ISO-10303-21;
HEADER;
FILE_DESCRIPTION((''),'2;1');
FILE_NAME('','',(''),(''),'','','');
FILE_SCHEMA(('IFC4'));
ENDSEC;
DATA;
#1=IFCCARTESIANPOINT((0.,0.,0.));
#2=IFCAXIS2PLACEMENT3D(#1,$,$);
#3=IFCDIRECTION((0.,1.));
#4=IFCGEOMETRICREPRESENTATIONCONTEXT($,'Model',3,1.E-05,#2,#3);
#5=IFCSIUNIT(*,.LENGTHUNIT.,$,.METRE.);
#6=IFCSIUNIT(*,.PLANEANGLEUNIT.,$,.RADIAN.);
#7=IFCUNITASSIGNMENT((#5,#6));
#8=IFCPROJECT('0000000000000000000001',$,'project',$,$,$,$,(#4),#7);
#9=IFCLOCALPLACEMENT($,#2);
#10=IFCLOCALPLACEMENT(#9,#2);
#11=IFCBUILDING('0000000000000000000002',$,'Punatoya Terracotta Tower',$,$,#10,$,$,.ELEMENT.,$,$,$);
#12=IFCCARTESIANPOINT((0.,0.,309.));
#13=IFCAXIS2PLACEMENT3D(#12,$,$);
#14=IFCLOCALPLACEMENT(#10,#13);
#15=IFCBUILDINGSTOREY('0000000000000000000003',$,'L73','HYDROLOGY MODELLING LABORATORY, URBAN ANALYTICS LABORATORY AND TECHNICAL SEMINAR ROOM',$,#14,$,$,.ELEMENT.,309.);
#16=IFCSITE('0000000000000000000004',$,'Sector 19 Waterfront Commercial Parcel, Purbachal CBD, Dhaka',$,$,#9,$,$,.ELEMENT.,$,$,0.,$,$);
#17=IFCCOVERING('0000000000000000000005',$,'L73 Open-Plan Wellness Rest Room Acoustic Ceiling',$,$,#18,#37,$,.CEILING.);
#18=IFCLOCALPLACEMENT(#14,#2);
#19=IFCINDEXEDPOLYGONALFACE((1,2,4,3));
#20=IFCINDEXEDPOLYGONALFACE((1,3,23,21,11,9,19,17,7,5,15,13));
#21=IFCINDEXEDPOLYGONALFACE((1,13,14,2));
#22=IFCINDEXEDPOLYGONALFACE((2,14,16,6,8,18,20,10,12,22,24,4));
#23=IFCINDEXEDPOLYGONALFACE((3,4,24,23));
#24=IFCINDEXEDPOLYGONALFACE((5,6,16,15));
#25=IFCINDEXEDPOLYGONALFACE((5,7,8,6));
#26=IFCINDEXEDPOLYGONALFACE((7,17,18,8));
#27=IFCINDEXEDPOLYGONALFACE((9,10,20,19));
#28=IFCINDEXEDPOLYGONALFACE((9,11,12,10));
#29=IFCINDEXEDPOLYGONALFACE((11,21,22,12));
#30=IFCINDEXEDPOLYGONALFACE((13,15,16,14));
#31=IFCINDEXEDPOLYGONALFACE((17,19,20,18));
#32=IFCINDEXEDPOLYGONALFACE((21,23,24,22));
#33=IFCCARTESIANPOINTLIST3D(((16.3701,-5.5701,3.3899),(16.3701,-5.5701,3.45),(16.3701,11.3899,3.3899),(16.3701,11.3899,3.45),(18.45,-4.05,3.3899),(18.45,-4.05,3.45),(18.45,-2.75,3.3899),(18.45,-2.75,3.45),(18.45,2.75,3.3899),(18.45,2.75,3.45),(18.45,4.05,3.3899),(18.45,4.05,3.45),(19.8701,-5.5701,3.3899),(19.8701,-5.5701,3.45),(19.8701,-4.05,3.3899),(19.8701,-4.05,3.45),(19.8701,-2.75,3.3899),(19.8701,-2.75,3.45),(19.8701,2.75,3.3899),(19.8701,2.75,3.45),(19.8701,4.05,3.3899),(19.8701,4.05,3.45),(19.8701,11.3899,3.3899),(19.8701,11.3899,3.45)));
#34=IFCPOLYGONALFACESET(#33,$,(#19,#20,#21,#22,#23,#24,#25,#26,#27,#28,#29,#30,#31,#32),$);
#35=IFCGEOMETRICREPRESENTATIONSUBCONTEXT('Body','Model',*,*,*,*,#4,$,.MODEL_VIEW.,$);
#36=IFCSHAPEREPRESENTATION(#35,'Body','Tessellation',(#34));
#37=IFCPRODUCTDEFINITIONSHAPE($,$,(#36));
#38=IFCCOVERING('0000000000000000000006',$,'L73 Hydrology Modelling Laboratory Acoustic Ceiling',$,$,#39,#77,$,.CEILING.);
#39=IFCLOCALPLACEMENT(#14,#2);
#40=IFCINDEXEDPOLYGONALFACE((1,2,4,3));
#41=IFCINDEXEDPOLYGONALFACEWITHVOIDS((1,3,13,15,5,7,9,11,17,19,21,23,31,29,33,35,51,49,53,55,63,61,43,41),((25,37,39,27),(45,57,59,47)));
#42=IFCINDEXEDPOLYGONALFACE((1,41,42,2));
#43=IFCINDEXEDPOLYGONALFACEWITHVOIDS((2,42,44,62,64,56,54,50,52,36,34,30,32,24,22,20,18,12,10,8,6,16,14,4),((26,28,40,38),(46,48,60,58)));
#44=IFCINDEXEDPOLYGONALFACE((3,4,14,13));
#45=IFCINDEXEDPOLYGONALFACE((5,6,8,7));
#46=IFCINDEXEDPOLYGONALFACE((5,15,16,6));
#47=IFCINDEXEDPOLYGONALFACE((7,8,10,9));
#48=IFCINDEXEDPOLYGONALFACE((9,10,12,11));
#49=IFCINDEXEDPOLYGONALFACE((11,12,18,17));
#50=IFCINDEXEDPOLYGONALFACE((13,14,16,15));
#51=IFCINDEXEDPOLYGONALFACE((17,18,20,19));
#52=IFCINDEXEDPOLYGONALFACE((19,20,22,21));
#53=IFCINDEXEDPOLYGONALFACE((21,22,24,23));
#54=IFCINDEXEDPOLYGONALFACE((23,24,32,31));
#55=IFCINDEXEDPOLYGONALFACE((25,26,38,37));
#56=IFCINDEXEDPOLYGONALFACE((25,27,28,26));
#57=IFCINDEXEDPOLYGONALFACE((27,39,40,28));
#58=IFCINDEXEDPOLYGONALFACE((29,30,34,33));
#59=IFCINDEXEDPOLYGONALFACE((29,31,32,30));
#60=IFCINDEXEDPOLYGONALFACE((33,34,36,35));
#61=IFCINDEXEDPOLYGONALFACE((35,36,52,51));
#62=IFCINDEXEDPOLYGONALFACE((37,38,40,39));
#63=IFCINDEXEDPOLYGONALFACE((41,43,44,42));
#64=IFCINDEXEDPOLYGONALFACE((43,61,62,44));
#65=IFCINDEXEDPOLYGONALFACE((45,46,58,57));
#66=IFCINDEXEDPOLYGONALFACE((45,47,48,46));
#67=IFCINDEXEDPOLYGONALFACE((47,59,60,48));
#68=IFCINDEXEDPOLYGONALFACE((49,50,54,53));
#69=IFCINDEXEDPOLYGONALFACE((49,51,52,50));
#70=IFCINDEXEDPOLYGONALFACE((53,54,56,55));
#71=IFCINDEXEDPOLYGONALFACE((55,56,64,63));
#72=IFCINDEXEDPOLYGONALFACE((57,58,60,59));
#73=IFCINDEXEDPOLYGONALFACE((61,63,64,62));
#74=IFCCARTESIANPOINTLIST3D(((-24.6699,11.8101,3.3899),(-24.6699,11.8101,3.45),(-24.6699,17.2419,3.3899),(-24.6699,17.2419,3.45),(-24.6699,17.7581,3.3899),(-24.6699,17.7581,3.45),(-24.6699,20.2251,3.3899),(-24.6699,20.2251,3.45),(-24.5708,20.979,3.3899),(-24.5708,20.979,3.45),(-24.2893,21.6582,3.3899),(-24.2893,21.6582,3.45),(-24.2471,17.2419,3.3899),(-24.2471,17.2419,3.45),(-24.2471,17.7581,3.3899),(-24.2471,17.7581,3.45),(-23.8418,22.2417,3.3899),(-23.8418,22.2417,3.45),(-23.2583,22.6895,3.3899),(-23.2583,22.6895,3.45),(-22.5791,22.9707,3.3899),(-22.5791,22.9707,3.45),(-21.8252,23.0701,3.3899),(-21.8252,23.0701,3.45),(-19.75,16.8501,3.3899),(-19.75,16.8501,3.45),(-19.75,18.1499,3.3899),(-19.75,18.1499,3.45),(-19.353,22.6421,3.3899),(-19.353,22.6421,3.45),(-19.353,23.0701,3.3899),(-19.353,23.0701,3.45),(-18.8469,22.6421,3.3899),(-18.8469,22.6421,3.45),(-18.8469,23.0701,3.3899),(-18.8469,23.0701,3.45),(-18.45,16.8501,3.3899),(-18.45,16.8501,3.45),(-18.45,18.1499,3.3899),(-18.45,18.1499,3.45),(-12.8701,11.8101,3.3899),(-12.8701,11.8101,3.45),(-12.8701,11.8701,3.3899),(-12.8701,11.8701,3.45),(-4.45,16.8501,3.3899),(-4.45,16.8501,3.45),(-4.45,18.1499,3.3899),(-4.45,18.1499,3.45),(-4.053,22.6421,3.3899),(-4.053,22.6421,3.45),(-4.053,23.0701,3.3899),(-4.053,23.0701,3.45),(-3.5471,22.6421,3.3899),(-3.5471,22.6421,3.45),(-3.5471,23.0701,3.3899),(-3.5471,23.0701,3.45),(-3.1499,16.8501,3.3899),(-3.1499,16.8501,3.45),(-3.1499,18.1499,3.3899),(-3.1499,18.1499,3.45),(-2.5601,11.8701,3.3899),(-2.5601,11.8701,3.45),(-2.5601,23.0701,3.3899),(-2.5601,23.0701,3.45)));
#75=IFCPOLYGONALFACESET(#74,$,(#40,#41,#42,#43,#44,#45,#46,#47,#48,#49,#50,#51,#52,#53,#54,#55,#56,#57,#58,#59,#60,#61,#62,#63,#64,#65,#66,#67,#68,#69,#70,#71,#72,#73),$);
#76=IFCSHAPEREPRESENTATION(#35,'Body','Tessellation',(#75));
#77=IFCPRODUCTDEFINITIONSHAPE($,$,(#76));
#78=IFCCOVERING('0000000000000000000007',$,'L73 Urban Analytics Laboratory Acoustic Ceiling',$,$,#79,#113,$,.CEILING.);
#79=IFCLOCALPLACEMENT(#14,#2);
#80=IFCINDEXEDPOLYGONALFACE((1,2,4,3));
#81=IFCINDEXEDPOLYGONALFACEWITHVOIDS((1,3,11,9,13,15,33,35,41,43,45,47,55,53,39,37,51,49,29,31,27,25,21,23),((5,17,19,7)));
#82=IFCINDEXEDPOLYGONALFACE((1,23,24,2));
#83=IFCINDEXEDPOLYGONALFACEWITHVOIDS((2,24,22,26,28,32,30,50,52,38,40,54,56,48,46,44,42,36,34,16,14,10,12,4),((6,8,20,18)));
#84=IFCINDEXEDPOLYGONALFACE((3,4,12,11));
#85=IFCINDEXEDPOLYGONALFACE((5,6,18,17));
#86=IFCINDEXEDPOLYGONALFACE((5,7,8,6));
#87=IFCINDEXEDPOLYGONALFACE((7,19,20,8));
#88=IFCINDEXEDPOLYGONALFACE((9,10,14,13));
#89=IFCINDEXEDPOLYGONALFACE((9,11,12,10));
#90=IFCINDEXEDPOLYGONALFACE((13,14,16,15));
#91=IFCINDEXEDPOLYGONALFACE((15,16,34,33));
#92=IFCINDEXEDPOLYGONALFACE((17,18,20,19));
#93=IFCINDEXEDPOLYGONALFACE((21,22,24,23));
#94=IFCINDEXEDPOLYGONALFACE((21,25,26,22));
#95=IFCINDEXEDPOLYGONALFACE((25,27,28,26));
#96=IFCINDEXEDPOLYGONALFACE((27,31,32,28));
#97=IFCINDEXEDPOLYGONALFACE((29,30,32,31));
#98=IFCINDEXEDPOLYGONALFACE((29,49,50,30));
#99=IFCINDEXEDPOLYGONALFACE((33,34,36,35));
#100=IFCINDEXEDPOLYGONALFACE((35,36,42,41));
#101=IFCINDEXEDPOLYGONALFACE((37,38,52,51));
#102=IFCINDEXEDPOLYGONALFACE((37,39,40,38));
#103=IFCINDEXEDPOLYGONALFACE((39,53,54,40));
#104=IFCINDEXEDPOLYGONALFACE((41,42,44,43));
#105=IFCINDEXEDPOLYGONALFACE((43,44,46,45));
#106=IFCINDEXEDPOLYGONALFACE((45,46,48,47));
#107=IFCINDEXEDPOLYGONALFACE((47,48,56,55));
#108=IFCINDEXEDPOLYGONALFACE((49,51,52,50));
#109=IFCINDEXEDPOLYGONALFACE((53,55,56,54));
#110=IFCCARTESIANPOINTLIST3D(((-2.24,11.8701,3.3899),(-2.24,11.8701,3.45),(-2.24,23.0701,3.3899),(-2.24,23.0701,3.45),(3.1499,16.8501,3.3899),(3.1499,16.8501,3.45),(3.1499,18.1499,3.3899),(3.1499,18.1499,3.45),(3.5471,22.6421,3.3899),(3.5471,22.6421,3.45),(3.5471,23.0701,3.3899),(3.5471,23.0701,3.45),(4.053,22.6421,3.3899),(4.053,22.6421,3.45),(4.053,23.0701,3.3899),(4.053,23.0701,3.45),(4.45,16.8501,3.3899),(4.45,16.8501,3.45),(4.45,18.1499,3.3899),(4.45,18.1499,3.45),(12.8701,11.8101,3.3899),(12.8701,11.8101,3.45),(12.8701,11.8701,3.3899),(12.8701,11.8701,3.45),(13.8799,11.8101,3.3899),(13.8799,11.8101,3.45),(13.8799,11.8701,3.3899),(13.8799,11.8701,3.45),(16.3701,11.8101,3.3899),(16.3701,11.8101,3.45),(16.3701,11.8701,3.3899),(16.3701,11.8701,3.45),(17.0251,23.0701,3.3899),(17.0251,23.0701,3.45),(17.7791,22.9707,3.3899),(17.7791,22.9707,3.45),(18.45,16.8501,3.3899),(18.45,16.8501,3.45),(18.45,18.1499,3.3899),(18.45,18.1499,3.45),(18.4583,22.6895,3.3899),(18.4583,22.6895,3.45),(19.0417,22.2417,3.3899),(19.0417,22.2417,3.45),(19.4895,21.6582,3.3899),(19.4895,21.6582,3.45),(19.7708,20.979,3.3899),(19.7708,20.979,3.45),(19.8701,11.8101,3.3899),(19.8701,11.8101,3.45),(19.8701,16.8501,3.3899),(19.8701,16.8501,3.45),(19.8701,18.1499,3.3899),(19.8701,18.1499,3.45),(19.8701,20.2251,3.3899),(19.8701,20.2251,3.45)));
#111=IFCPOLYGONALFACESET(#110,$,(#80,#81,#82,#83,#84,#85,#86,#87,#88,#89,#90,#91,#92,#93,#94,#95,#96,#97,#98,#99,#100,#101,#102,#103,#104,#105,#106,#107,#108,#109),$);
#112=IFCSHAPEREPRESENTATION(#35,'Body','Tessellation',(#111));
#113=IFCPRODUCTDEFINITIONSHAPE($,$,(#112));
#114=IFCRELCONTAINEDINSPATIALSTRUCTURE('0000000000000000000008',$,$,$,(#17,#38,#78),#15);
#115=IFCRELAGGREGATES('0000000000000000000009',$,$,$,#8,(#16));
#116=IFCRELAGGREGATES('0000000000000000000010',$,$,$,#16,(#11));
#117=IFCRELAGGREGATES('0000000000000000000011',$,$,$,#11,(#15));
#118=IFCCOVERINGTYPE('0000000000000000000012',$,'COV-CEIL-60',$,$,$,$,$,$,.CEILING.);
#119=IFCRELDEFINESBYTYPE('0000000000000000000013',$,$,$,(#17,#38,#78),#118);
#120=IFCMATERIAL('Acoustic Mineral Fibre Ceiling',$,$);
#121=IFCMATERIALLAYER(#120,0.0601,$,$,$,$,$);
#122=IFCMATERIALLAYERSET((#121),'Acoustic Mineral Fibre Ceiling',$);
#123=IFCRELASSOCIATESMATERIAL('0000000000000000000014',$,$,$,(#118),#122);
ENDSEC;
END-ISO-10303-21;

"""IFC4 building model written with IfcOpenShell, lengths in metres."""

from ifc_helpers import new_model, si_unit, direction, frame, origin, place, context, subcontext, project, spatial, polyline, outline, extrude, material, layer, layer_set, type_object, element, save


model = new_model("IFC4")

# Units and contexts
model_context = context("Model", 3, precision=1e-05, world=origin(), true_north=direction((0.0, 1.0)))
body_context = subcontext(model_context, "Body", "Model", "MODEL_VIEW")
ifc_project = project(units=[si_unit("LENGTHUNIT", "METRE"), si_unit("PLANEANGLEUNIT", "RADIAN")], contexts=[model_context])

# Site, building, storey
site_placement = place(None, origin())
site = spatial("IfcSite", under=ifc_project, at=site_placement, Name="Sector 19 Waterfront Commercial Parcel, Purbachal CBD, Dhaka", CompositionType="ELEMENT", RefElevation=0.0)
building_placement = place(site_placement, origin())
building = spatial("IfcBuilding", under=site, at=building_placement, Name="Punatoya Terracotta Tower", CompositionType="ELEMENT")
storey_placement = place(building_placement, frame((0.0, 0.0, 309.0)))
storey = spatial("IfcBuildingStorey", under=building, at=storey_placement, Name="L73", Description="HYDROLOGY MODELLING LABORATORY, URBAN ANALYTICS LABORATORY AND TECHNICAL SEMINAR ROOM", CompositionType="ELEMENT", Elevation=309.0)

# Coverings
ifc_material_1 = material(Name="Acoustic Mineral Fibre Ceiling")
ifc_layer_1 = layer(ifc_material_1, 0.0601)
ifc_layer_set_1 = layer_set([ifc_layer_1], Name="Acoustic Mineral Fibre Ceiling")
covering_type = type_object("IfcCoveringType", Name="COV-CEIL-60", PredefinedType="CEILING", material=ifc_layer_set_1)
covering_1_placement = place(storey_placement, frame((0.0, 0.0, 3.3899)))
element("IfcCovering", 1, at=covering_1_placement, inside=storey, type_object=covering_type, Name="L73 Open-Plan Wellness Rest Room Acoustic Ceiling", PredefinedType="CEILING", context=body_context, shape_type="SweptSolid", body=[
    extrude(outline(polyline([(18.45, -4.05), (18.45, -2.75), (19.8701, -2.75), (19.8701, 2.75), (18.45, 2.75), (18.45, 4.05), (19.8701, 4.05), (19.8701, 11.3899), (16.3701, 11.3899), (16.3701, -5.5701), (19.8701, -5.5701), (19.8701, -4.05), (18.45, -4.05)])), origin(), (0.0, 0.0, 1.0), 0.0601),
])
covering_2_placement = place(storey_placement, frame((0.0, 0.0, 3.3899)))
element("IfcCovering", 2, at=covering_2_placement, inside=storey, type_object=covering_type, Name="L73 Hydrology Modelling Laboratory Acoustic Ceiling", PredefinedType="CEILING", context=body_context, shape_type="SweptSolid", body=[
    extrude(outline(polyline([(-18.8469, 22.6421), (-19.353, 22.6421), (-19.353, 23.0701), (-21.8252, 23.0701), (-22.5791, 22.9707), (-23.2583, 22.6895), (-23.8418, 22.2417), (-24.2893, 21.6582), (-24.5708, 20.979), (-24.6699, 20.2251), (-24.6699, 17.7581), (-24.2471, 17.7581), (-24.2471, 17.2419), (-24.6699, 17.2419), (-24.6699, 11.8101), (-12.8701, 11.8101), (-12.8701, 11.8701), (-2.5601, 11.8701), (-2.5601, 23.0701), (-3.5471, 23.0701), (-3.5471, 22.6421), (-4.053, 22.6421), (-4.053, 23.0701), (-18.8469, 23.0701), (-18.8469, 22.6421)]), holes=[polyline([(-4.45, 16.8501), (-4.45, 18.1499), (-3.1499, 18.1499), (-3.1499, 16.8501), (-4.45, 16.8501)]), polyline([(-19.75, 18.1499), (-18.45, 18.1499), (-18.45, 16.8501), (-19.75, 16.8501), (-19.75, 18.1499)])]), origin(), (0.0, 0.0, 1.0), 0.0601),
])
covering_3_placement = place(storey_placement, frame((0.0, 0.0, 3.3899)))
element("IfcCovering", 3, at=covering_3_placement, inside=storey, type_object=covering_type, Name="L73 Urban Analytics Laboratory Acoustic Ceiling", PredefinedType="CEILING", context=body_context, shape_type="SweptSolid", body=[
    extrude(outline(polyline([(3.5471, 23.0701), (-2.24, 23.0701), (-2.24, 11.8701), (12.8701, 11.8701), (12.8701, 11.8101), (13.8799, 11.8101), (13.8799, 11.8701), (16.3701, 11.8701), (16.3701, 11.8101), (19.8701, 11.8101), (19.8701, 16.8501), (18.45, 16.8501), (18.45, 18.1499), (19.8701, 18.1499), (19.8701, 20.2251), (19.7708, 20.979), (19.4895, 21.6582), (19.0417, 22.2417), (18.4583, 22.6895), (17.7791, 22.9707), (17.0251, 23.0701), (4.053, 23.0701), (4.053, 22.6421), (3.5471, 22.6421), (3.5471, 23.0701)]), holes=[polyline([(4.45, 16.8501), (3.1499, 16.8501), (3.1499, 18.1499), (4.45, 18.1499), (4.45, 16.8501)])]), origin(), (0.0, 0.0, 1.0), 0.0601),
])

save(model, "model.ifc")
